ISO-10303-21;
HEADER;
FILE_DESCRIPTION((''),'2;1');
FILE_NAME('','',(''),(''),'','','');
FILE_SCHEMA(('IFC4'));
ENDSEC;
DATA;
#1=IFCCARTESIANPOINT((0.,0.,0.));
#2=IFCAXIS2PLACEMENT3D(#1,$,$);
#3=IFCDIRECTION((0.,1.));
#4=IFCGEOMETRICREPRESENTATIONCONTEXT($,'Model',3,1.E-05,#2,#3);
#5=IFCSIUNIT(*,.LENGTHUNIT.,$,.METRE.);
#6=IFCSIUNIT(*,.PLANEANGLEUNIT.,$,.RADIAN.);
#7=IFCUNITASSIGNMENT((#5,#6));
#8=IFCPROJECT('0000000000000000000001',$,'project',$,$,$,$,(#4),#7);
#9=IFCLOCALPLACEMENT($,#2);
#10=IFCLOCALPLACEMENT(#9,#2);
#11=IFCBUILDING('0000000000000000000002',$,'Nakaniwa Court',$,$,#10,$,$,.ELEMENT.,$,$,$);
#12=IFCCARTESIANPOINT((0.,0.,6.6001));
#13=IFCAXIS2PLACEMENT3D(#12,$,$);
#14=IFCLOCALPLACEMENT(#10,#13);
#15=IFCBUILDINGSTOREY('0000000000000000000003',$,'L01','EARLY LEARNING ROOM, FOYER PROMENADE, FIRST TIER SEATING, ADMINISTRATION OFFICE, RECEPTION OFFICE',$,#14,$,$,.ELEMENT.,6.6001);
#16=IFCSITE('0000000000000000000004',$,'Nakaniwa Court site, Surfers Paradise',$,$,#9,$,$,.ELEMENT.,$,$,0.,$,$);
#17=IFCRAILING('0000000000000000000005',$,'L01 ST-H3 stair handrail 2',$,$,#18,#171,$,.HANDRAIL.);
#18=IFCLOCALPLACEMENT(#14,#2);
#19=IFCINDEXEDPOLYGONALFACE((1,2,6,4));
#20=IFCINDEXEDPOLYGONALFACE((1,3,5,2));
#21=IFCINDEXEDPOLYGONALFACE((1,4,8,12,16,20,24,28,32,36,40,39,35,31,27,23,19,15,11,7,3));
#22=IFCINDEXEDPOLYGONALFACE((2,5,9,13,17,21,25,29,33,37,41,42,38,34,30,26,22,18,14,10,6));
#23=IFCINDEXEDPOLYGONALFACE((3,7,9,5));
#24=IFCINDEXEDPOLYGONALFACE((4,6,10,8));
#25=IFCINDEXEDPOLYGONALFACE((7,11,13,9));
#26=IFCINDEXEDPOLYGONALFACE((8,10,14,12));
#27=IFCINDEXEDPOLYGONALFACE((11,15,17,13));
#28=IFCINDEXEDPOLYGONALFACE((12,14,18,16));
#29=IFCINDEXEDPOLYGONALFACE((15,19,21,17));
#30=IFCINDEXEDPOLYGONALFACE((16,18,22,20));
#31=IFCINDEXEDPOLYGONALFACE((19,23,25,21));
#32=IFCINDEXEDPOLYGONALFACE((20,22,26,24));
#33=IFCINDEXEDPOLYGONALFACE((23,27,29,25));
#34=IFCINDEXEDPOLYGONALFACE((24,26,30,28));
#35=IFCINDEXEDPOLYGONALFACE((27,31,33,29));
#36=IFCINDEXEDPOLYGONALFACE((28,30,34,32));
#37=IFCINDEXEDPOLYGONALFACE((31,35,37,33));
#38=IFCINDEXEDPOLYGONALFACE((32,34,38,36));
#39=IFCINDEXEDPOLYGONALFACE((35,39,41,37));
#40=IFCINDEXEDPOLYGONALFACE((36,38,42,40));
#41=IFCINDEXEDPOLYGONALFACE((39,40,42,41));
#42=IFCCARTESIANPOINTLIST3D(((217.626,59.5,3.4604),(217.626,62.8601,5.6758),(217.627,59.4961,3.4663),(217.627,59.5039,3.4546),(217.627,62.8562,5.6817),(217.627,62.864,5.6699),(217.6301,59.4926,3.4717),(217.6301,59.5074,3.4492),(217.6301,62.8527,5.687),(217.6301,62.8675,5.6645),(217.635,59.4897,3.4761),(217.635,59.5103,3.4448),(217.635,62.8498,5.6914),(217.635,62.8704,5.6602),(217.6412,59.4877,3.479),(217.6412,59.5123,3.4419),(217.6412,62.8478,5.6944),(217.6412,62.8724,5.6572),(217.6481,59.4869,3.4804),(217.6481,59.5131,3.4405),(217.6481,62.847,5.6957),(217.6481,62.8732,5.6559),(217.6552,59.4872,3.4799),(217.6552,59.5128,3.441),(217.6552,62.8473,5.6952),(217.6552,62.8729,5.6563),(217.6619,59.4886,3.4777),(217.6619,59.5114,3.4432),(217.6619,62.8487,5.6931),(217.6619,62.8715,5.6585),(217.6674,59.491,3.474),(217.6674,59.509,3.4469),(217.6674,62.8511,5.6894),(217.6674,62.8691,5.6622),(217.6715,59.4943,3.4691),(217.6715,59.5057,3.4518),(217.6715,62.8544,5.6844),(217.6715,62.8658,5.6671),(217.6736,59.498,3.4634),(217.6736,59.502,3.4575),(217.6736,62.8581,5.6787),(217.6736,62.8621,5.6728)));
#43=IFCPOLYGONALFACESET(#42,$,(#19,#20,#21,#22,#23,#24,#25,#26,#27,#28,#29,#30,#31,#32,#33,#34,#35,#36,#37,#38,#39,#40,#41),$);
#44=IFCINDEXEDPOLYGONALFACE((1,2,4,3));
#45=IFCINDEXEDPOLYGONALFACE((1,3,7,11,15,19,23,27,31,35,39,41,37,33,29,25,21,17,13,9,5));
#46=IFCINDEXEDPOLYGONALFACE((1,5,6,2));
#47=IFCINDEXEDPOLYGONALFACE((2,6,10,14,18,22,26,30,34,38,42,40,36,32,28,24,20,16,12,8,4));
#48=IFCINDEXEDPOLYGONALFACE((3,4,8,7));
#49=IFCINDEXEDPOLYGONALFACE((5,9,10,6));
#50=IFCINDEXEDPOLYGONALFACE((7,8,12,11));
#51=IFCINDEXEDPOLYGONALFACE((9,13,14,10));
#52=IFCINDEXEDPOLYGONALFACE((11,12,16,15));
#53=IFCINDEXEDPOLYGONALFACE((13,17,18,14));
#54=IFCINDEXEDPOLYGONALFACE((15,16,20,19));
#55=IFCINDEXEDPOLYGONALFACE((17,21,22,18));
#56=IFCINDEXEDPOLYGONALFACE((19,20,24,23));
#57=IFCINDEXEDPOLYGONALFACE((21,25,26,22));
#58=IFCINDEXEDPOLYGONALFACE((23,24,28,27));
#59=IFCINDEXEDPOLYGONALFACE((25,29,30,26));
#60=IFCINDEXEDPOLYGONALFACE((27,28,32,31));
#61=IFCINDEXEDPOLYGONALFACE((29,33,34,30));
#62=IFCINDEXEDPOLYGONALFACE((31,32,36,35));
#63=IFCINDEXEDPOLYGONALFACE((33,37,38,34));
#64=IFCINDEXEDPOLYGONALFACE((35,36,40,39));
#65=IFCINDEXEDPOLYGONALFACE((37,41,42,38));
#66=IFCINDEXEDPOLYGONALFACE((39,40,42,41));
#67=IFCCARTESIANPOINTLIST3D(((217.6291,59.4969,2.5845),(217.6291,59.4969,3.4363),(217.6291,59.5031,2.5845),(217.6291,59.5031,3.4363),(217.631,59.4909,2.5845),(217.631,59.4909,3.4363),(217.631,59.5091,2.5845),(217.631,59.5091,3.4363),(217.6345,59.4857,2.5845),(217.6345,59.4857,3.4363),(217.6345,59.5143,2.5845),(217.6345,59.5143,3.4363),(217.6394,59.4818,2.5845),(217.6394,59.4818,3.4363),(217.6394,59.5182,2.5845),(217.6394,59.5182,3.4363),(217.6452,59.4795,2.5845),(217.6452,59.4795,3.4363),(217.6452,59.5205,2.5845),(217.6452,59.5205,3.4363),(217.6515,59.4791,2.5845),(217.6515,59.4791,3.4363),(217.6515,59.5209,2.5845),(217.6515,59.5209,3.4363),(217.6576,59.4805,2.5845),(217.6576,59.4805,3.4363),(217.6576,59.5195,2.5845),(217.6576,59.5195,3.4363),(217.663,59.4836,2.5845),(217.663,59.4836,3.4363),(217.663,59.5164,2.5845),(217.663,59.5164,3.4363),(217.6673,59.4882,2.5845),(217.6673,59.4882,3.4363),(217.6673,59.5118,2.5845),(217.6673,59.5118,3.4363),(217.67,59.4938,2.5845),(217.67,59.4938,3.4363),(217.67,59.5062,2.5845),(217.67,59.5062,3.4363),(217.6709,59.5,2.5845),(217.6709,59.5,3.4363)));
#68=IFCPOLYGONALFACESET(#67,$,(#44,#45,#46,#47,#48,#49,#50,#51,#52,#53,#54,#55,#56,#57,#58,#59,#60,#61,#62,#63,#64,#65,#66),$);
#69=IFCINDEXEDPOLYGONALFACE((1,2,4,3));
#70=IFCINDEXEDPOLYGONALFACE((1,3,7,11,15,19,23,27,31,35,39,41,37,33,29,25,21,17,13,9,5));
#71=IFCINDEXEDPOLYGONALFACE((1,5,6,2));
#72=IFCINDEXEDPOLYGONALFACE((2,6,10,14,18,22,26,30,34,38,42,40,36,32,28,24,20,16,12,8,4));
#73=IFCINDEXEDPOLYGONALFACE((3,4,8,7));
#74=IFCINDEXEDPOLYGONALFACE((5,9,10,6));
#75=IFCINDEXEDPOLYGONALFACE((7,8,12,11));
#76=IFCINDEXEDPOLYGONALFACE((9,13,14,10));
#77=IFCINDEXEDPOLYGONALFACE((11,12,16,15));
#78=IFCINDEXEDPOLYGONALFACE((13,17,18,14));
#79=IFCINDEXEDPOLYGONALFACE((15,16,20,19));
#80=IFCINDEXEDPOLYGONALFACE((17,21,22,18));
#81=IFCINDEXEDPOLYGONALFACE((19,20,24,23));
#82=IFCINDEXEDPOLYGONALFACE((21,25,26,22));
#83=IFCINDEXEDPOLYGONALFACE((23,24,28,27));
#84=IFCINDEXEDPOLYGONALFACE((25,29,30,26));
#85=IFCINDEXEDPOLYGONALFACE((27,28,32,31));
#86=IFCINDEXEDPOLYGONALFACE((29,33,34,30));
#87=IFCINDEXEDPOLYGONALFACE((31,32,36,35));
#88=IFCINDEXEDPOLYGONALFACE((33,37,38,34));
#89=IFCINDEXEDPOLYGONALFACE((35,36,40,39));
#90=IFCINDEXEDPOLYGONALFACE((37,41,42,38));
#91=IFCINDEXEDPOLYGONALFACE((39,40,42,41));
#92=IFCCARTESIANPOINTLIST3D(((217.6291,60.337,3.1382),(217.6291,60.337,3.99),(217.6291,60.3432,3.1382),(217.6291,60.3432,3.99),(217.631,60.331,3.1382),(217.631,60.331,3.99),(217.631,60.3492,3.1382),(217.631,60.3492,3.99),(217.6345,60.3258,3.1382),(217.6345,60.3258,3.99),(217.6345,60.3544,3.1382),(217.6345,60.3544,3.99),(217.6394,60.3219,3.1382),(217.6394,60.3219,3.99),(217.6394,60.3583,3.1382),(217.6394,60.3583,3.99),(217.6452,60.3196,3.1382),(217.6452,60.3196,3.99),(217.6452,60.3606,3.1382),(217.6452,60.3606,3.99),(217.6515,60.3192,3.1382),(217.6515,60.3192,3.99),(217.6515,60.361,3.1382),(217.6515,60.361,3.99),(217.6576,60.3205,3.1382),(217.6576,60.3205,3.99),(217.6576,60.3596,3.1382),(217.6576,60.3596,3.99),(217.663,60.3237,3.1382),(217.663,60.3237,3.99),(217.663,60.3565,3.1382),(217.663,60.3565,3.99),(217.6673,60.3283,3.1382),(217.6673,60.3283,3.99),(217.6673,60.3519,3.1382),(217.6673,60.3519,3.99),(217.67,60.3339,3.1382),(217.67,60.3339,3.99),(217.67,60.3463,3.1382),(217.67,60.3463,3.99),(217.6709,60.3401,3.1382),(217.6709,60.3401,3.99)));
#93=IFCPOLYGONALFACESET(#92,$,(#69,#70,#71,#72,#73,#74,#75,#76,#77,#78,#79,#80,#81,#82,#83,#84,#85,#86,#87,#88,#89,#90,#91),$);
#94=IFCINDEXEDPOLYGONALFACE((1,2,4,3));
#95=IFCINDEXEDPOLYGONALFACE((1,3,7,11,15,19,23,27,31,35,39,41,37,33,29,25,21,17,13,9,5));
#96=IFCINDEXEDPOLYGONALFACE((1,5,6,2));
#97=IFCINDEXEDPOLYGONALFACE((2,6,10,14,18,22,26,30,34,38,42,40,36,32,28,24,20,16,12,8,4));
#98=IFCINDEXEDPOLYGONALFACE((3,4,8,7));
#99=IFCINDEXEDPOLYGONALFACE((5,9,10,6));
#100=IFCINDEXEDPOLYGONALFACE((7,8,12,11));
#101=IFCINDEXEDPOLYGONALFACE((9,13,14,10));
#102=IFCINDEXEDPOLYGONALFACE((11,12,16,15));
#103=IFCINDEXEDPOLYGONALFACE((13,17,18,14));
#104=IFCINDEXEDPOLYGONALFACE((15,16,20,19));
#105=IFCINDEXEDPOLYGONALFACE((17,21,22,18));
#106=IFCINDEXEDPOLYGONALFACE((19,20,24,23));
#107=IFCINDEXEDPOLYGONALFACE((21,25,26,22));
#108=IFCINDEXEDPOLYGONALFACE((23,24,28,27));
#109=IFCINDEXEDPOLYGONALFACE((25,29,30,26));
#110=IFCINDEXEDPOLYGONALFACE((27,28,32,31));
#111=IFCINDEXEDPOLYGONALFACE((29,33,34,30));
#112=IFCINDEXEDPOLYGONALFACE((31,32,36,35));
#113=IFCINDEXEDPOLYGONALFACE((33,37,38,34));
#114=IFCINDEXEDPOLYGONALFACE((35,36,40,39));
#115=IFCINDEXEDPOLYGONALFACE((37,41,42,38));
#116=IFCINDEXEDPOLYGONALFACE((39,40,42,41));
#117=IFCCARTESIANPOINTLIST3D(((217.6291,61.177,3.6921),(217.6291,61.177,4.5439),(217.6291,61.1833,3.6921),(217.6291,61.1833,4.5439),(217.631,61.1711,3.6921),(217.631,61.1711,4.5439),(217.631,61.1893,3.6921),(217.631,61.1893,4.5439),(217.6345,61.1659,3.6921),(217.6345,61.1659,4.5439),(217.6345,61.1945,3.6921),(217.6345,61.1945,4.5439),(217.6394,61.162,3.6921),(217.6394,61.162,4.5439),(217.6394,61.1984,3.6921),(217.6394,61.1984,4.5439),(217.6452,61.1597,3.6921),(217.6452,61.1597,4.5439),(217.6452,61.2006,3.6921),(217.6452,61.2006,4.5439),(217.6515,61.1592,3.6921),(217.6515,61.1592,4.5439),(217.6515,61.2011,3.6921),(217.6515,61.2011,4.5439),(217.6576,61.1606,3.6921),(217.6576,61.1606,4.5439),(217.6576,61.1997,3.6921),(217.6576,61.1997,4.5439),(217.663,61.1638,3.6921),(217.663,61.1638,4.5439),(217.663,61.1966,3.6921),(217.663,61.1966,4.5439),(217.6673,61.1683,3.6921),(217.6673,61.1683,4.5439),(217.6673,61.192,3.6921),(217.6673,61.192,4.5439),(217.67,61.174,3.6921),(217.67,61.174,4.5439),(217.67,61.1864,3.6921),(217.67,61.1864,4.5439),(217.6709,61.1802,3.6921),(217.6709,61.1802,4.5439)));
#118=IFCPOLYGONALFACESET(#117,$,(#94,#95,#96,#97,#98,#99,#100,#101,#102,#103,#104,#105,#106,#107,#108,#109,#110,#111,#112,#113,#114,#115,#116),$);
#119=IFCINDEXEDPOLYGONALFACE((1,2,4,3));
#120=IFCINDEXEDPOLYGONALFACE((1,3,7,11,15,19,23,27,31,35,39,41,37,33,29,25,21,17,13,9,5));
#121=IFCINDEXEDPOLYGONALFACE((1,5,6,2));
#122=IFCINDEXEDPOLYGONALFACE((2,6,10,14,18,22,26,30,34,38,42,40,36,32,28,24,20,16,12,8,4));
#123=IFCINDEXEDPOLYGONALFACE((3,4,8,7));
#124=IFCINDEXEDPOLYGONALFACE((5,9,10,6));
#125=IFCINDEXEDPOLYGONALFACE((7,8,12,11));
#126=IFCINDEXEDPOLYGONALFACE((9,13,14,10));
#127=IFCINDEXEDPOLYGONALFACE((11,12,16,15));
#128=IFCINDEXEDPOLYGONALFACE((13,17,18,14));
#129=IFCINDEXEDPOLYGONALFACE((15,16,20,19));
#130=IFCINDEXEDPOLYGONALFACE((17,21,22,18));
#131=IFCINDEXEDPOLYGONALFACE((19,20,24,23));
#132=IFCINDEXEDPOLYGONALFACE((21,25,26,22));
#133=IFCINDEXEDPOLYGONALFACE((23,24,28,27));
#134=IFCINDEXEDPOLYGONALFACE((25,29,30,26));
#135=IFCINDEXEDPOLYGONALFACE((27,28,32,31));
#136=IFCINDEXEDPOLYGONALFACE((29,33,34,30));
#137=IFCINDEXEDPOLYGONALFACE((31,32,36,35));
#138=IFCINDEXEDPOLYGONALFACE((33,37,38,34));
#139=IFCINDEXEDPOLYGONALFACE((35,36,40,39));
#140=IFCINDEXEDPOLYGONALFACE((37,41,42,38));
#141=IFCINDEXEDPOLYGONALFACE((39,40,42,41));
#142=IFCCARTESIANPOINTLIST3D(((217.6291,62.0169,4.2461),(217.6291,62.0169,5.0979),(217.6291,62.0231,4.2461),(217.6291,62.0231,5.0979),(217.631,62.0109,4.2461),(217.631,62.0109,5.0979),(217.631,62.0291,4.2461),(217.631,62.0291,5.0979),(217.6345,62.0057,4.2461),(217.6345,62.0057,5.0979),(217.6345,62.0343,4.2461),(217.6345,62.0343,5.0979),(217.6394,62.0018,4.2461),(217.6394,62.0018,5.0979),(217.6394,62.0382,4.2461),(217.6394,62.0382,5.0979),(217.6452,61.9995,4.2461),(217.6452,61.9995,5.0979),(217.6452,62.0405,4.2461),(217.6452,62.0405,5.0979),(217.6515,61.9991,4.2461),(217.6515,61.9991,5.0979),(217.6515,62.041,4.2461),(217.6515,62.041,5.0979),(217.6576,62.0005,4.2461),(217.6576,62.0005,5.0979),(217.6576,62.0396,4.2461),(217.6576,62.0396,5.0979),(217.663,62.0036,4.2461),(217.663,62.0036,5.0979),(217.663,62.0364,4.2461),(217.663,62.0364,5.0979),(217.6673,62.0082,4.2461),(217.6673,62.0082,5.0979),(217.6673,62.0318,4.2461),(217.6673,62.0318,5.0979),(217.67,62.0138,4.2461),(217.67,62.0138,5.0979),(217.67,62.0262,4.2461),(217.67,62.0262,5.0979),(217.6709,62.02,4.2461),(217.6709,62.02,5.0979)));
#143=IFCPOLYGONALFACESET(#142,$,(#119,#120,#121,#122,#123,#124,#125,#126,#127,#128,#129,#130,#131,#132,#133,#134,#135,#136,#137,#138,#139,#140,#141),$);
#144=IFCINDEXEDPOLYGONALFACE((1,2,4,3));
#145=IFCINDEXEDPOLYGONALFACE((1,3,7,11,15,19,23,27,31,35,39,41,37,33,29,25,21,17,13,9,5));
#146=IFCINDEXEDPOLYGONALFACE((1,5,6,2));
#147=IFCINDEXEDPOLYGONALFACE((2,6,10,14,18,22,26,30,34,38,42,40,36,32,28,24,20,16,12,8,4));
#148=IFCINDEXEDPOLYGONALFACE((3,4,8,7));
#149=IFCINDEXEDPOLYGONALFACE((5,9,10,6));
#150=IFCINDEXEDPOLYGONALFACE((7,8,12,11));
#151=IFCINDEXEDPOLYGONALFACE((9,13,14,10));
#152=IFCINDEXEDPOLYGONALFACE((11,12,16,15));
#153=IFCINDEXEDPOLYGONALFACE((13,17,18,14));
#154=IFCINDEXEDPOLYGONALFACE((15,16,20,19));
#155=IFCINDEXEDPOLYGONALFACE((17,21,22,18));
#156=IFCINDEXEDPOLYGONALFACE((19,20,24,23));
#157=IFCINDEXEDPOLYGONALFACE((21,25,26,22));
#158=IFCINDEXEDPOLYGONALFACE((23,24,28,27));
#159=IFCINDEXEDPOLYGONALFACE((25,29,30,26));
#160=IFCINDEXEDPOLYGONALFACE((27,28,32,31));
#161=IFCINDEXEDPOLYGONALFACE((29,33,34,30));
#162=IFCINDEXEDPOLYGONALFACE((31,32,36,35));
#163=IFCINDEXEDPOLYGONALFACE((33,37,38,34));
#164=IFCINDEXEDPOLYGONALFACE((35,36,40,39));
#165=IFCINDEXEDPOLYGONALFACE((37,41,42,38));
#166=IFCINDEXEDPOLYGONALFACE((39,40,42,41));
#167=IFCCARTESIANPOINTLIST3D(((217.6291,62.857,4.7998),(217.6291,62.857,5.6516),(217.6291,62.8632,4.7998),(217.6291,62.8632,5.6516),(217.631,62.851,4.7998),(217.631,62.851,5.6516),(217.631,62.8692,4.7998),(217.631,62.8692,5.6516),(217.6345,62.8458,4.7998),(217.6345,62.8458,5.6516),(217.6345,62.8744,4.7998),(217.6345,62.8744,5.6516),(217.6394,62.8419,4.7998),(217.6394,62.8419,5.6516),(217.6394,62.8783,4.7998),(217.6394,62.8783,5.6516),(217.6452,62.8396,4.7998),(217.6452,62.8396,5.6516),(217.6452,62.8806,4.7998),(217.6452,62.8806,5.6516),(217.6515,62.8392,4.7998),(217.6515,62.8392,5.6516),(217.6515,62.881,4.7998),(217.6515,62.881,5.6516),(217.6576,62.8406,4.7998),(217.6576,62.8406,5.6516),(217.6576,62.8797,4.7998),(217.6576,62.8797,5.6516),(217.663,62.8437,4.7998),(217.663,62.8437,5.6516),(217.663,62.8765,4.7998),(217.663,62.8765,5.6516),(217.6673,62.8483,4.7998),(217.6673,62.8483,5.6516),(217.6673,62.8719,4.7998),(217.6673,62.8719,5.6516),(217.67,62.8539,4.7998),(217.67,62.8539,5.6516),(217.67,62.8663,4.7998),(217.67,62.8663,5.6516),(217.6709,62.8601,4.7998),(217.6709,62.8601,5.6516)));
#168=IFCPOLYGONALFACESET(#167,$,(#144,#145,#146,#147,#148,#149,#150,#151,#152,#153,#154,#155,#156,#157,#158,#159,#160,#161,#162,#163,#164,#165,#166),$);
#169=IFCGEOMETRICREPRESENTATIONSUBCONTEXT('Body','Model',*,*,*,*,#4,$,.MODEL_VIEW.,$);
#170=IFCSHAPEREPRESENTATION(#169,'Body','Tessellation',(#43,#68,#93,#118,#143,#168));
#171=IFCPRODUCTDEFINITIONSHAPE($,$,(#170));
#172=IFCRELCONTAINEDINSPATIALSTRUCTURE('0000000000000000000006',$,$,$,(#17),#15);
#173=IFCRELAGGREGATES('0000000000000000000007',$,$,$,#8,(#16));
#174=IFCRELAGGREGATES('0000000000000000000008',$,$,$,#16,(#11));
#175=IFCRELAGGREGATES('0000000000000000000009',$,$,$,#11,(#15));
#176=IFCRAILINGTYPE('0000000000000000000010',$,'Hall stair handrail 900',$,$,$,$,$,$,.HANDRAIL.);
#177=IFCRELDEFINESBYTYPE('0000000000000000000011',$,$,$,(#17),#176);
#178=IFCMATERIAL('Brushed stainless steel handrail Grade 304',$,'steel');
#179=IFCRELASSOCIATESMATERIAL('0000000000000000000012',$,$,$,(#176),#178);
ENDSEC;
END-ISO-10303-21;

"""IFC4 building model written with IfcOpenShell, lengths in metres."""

from ifc_helpers import new_model, si_unit, direction, frame, origin, origin_2d, place, context, subcontext, project, spatial, circle, extrude, material, type_object, element, save


model = new_model("IFC4")

# Units and contexts
model_context = context("Model", 3, precision=1e-05, world=origin(), true_north=direction((0.0, 1.0)))
body_context = subcontext(model_context, "Body", "Model", "MODEL_VIEW")
ifc_project = project(units=[si_unit("LENGTHUNIT", "METRE"), si_unit("PLANEANGLEUNIT", "RADIAN")], contexts=[model_context])

# Site, building, storey
site_placement = place(None, origin())
site = spatial("IfcSite", under=ifc_project, at=site_placement, Name="Nakaniwa Court site, Surfers Paradise", CompositionType="ELEMENT", RefElevation=0.0)
building_placement = place(site_placement, origin())
building = spatial("IfcBuilding", under=site, at=building_placement, Name="Nakaniwa Court", CompositionType="ELEMENT")
storey_placement = place(building_placement, frame((0.0, 0.0, 6.6001)))
storey = spatial("IfcBuildingStorey", under=building, at=storey_placement, Name="L01", Description="EARLY LEARNING ROOM, FOYER PROMENADE, FIRST TIER SEATING, ADMINISTRATION OFFICE, RECEPTION OFFICE", CompositionType="ELEMENT", Elevation=6.6001)

# Railing
ifc_material_1 = material(Name="Brushed stainless steel handrail Grade 304", Category="steel")
railing_type_1 = type_object("IfcRailingType", Name="Hall stair handrail 900", PredefinedType="HANDRAIL", material=ifc_material_1)
railing_1_placement = place(storey_placement, frame((217.6499, 59.5, 2.5845)))
element("IfcRailing", 1, at=railing_1_placement, inside=storey, type_object=railing_type_1, Name="L01 ST-H3 stair handrail 2", PredefinedType="HANDRAIL", context=body_context, shape_type="SweptSolid", body=[
    extrude(circle(Radius=0.0239, at=origin_2d()), frame((0.0, 0.0, 0.876), z_axis=(0.0, 0.834876, 0.550437), x_axis=(-1.0, 0.0, 0.0)), (0.0, 0.0, 1.0), 4.0247),
    extrude(circle(Radius=0.021, at=origin_2d()), origin(), (0.0, 0.0, 1.0), 0.8518),
    extrude(circle(Radius=0.021, at=origin_2d()), frame((0.0, 0.8401, 0.5537)), (0.0, 0.0, 1.0), 0.8518),
    extrude(circle(Radius=0.021, at=origin_2d()), frame((0.0, 1.6802, 1.1077)), (0.0, 0.0, 1.0), 0.8518),
    extrude(circle(Radius=0.021, at=origin_2d()), frame((0.0, 2.52, 1.6616)), (0.0, 0.0, 1.0), 0.8518),
    extrude(circle(Radius=0.021, at=origin_2d()), frame((0.0, 3.3601, 2.2153)), (0.0, 0.0, 1.0), 0.8518),
])

save(model, "model.ifc")
